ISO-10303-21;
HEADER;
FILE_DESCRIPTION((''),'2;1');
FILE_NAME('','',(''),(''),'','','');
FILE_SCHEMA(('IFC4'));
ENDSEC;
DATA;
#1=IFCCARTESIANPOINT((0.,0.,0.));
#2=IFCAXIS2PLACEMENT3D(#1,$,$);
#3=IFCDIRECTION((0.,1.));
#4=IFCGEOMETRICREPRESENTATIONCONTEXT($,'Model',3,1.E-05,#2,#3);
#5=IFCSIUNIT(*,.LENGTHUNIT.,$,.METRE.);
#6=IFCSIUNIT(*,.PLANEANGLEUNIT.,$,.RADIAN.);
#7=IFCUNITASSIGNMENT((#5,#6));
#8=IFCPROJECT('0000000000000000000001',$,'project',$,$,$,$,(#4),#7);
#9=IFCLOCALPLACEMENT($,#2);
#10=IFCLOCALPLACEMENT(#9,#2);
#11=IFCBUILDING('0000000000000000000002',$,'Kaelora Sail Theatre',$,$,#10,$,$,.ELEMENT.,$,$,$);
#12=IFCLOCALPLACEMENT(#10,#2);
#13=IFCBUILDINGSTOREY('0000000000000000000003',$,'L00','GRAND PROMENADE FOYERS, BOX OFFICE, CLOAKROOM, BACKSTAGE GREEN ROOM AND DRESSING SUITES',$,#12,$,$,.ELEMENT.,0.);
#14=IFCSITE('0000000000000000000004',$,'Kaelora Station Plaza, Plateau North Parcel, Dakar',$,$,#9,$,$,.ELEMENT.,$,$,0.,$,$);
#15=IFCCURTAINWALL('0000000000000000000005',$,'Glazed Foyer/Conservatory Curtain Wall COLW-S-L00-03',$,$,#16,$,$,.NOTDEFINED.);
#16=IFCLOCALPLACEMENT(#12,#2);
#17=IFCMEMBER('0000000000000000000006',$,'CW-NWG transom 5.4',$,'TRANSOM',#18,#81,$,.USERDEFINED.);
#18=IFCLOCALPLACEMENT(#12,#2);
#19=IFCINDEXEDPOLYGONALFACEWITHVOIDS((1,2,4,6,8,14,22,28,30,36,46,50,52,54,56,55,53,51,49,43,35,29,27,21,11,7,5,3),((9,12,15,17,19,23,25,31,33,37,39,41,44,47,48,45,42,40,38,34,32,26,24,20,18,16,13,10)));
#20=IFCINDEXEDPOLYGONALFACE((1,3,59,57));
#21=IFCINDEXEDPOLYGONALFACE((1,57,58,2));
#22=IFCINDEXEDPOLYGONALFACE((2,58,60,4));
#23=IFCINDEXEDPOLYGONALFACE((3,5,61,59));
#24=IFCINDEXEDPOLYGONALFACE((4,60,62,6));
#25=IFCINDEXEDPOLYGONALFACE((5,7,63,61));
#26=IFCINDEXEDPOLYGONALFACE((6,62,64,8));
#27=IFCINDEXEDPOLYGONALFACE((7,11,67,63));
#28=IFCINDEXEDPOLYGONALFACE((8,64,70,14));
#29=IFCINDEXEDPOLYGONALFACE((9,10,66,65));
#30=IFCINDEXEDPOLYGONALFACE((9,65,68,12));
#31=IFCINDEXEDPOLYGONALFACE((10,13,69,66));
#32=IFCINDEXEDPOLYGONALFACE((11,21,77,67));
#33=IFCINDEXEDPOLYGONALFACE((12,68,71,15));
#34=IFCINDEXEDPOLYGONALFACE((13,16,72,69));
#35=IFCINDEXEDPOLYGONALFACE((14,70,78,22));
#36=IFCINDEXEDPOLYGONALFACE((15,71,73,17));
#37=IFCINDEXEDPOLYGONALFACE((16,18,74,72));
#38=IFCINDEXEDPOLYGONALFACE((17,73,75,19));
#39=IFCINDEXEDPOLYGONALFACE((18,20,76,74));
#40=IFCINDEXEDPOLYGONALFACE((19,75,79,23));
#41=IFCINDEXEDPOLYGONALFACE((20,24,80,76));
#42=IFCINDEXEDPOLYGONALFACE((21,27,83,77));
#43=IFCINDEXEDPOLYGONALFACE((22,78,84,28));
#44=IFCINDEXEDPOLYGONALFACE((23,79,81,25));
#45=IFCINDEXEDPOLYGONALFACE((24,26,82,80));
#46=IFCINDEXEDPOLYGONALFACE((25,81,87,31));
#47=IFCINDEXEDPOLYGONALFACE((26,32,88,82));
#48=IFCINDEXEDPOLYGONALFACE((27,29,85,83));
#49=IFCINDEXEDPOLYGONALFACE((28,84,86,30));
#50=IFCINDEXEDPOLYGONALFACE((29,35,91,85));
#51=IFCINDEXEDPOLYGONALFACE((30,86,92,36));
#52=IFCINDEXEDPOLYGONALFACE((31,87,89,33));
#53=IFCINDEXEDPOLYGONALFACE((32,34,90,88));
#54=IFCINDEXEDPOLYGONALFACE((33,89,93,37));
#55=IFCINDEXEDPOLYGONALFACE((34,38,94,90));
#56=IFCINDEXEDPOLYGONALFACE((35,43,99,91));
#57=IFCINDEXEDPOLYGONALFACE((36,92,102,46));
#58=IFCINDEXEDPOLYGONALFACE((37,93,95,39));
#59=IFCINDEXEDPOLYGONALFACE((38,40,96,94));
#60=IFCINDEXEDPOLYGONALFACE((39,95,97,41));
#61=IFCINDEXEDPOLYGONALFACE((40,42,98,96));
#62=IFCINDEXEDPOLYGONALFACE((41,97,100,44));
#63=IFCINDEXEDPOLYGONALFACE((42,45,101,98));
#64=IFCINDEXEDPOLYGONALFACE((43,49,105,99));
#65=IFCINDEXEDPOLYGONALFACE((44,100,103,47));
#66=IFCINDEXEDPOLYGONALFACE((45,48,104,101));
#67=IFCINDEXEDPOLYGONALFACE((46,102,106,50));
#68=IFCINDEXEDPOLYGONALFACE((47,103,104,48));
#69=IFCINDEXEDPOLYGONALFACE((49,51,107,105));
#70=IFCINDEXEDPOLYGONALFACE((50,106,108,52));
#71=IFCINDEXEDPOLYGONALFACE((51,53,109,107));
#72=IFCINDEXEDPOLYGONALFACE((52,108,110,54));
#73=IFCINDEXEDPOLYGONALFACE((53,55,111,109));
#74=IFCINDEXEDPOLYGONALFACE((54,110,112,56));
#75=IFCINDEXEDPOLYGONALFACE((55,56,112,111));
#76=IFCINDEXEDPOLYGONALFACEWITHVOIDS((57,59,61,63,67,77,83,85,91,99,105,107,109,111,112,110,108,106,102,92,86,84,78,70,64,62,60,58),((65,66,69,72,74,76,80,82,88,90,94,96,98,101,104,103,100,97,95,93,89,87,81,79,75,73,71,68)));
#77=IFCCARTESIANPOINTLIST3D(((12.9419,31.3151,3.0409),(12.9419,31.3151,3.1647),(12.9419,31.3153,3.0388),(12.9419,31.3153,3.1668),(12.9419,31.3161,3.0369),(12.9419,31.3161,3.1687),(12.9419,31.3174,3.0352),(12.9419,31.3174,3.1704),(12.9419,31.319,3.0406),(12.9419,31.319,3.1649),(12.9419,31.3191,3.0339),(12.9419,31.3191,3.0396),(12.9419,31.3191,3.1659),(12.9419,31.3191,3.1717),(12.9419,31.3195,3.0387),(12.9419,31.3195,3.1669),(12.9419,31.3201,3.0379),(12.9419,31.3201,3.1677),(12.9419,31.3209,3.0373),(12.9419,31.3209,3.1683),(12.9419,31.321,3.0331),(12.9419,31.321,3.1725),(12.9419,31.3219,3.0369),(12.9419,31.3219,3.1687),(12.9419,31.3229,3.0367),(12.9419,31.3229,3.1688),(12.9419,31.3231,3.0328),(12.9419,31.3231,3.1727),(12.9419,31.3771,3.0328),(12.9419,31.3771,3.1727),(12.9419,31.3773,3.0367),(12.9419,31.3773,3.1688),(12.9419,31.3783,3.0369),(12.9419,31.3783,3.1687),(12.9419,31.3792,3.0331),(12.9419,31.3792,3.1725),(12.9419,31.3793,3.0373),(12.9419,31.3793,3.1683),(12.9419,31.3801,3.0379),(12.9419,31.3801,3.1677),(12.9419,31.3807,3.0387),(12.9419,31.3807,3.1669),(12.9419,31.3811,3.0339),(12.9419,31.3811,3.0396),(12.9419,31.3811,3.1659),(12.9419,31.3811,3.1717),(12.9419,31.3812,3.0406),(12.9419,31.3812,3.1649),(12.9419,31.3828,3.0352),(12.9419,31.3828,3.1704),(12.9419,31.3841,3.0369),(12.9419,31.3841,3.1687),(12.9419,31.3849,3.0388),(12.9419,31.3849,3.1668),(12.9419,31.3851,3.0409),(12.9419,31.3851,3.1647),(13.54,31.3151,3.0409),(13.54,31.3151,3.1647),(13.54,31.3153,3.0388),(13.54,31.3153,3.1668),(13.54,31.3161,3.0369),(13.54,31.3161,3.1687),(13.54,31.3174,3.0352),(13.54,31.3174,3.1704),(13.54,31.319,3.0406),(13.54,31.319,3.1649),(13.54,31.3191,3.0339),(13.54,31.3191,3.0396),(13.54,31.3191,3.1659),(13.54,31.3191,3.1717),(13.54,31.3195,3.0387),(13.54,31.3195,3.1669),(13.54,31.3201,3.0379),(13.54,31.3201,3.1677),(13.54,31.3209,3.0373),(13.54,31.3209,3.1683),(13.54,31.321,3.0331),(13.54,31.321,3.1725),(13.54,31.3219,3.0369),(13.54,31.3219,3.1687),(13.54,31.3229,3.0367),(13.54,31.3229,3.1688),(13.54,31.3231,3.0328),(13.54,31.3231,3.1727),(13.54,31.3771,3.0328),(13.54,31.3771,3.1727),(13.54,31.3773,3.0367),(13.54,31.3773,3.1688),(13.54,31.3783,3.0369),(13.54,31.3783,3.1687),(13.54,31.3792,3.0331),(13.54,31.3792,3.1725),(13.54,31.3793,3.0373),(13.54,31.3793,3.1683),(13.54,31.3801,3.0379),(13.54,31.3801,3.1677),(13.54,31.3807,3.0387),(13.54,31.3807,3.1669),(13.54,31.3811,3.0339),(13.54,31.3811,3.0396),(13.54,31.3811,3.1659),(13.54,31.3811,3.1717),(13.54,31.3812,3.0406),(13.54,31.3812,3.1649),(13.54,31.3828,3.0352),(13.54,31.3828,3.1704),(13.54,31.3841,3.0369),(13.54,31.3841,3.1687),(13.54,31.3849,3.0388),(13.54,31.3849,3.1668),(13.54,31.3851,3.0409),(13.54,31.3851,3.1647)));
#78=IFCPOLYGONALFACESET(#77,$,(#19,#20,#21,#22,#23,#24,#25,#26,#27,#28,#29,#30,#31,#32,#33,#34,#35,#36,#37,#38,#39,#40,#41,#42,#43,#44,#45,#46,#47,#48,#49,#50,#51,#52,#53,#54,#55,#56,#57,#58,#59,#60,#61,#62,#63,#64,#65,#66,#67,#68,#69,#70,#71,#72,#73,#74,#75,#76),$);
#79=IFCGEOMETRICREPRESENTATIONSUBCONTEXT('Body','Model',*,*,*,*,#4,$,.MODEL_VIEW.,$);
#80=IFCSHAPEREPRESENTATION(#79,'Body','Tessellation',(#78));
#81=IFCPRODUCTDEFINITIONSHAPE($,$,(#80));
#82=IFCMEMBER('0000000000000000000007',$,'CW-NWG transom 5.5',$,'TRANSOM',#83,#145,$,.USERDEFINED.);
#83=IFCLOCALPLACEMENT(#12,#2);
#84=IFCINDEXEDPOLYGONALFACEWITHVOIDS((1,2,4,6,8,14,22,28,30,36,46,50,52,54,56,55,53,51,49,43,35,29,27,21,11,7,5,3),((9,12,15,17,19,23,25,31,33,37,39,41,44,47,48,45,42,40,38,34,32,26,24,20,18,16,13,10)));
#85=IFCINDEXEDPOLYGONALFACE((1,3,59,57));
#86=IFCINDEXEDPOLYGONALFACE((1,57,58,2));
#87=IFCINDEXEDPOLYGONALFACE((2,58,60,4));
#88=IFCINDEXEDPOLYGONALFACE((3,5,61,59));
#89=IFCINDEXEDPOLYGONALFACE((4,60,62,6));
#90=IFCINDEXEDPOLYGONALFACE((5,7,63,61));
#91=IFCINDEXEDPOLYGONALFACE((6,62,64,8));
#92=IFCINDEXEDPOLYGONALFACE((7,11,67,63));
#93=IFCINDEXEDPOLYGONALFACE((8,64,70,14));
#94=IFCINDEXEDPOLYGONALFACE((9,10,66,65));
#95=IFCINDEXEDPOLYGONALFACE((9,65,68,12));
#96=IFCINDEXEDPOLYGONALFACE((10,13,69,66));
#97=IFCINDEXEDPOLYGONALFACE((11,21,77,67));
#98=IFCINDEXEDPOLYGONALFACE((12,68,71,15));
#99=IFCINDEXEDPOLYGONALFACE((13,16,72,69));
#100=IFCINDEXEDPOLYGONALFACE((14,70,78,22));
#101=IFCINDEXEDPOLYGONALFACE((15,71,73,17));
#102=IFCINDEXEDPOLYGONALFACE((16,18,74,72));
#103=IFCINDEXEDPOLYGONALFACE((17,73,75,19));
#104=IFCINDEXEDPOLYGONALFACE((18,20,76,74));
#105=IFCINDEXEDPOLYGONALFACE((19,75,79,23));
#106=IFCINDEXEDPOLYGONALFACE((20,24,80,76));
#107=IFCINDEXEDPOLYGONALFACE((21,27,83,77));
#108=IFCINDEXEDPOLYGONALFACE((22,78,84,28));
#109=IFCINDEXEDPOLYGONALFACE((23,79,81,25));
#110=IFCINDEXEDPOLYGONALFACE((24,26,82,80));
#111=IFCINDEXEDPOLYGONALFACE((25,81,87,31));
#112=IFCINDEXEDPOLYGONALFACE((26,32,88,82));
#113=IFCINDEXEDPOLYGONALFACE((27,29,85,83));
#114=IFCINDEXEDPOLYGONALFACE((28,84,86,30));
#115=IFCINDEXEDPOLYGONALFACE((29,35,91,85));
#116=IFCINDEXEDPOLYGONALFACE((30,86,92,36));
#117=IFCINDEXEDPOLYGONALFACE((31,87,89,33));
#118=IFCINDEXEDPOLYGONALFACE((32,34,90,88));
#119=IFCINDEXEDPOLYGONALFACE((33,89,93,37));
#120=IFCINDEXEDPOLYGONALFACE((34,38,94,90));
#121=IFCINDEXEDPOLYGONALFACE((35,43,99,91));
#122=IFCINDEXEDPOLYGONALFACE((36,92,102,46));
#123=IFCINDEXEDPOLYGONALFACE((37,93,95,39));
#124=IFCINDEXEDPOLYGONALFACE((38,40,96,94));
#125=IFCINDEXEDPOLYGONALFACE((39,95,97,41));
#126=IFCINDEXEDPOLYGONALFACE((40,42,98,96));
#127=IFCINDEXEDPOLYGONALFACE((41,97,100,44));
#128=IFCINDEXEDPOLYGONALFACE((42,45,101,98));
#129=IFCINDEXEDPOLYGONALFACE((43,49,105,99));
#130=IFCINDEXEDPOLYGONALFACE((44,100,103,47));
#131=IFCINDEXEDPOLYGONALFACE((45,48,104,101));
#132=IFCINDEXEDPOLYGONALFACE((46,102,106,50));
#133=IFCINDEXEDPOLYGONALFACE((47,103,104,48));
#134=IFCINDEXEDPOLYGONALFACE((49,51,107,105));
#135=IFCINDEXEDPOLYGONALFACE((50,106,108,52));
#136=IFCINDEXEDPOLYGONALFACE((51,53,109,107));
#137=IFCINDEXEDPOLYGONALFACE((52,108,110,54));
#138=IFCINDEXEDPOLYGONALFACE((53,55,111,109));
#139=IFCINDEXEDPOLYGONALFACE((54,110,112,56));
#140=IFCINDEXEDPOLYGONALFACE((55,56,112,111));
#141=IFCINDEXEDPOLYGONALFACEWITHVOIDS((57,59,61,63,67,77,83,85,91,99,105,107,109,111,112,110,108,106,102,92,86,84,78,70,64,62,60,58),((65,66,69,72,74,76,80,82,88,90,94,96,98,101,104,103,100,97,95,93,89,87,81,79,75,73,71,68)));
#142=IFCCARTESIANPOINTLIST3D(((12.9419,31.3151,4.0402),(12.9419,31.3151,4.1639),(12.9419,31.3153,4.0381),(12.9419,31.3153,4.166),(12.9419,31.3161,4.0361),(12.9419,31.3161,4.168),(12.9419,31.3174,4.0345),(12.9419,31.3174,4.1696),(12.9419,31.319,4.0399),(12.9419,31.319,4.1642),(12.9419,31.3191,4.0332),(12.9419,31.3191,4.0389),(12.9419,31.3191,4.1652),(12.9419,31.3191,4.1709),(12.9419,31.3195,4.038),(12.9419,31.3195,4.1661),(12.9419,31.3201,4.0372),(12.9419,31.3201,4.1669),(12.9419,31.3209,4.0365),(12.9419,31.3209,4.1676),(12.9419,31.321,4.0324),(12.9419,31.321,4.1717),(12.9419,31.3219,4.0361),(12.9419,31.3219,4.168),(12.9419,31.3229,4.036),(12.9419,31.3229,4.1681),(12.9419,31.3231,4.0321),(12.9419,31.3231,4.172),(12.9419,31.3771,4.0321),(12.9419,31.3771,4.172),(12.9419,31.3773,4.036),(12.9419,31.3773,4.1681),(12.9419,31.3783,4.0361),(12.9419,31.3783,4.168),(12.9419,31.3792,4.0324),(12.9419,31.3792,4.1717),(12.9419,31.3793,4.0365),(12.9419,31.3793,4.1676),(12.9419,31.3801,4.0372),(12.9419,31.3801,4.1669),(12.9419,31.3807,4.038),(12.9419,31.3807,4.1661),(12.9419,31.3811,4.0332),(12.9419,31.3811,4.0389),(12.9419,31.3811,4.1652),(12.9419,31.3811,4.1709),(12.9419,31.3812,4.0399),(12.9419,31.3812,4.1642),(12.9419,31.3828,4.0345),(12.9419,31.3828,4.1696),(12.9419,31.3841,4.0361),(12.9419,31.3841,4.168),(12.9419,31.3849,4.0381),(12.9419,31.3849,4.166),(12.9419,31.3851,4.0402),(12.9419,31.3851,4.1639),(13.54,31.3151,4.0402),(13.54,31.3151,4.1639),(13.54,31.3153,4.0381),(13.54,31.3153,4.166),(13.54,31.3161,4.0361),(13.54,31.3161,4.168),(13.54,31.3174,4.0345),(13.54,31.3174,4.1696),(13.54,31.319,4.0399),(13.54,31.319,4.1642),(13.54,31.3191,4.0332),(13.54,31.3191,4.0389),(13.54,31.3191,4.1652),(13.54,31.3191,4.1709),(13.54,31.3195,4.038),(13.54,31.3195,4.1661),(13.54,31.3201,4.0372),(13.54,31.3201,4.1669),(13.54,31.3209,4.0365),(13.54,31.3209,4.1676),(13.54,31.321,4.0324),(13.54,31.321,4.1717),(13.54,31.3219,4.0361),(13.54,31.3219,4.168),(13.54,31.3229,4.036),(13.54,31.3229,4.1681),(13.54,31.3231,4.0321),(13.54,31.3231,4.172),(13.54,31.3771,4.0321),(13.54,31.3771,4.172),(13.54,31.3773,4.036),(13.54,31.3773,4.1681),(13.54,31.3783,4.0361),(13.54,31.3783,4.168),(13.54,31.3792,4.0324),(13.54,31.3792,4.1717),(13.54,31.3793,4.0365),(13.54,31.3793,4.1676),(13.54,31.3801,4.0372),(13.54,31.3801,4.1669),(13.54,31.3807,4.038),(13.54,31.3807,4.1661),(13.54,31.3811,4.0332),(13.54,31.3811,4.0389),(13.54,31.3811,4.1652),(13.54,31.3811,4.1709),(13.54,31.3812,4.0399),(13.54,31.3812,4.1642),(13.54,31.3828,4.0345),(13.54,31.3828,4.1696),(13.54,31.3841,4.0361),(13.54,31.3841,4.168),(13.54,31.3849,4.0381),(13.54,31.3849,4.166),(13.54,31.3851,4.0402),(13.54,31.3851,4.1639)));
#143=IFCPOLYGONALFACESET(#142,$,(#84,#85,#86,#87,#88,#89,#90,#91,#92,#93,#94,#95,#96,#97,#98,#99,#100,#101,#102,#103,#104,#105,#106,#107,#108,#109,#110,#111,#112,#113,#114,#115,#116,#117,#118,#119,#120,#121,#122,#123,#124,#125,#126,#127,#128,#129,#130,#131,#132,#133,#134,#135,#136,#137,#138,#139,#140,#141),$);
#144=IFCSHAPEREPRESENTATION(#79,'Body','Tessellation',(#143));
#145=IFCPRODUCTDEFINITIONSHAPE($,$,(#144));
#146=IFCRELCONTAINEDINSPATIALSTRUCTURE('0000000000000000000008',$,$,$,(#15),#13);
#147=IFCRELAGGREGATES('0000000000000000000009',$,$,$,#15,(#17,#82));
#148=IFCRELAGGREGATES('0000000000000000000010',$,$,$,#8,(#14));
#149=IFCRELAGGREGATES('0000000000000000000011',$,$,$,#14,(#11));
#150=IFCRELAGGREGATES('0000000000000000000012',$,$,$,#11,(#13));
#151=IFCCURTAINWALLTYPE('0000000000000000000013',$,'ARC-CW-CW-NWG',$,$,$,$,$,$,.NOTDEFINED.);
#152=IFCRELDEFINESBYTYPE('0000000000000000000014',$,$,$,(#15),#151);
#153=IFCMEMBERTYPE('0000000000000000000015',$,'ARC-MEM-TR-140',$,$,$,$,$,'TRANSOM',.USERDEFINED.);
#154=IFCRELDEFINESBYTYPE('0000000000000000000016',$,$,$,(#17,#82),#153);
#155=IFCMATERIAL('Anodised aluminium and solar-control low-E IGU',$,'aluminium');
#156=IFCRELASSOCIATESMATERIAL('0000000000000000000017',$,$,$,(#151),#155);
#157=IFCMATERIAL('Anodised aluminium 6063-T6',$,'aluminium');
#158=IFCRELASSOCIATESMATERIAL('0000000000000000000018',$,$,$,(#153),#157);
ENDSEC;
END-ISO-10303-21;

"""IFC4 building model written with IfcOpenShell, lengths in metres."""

from ifc_helpers import new_model, si_unit, direction, frame, origin, origin_2d, place, context, subcontext, project, spatial, hollow_rectangle, extrude, material, material_profile, profile_set, type_object, element, aggregate, save


model = new_model("IFC4")

# Units and contexts
model_context = context("Model", 3, precision=1e-05, world=origin(), true_north=direction((0.0, 1.0)))
body_context = subcontext(model_context, "Body", "Model", "MODEL_VIEW")
ifc_project = project(units=[si_unit("LENGTHUNIT", "METRE"), si_unit("PLANEANGLEUNIT", "RADIAN")], contexts=[model_context])

# Site, building, storey
site_placement = place(None, origin())
site = spatial("IfcSite", under=ifc_project, at=site_placement, Name="Kaelora Station Plaza, Plateau North Parcel, Dakar", CompositionType="ELEMENT", RefElevation=0.0)
building_placement = place(site_placement, origin())
building = spatial("IfcBuilding", under=site, at=building_placement, Name="Kaelora Sail Theatre", CompositionType="ELEMENT")
storey_placement = place(building_placement, origin())
storey = spatial("IfcBuildingStorey", under=building, at=storey_placement, Name="L00", Description="GRAND PROMENADE FOYERS, BOX OFFICE, CLOAKROOM, BACKSTAGE GREEN ROOM AND DRESSING SUITES", CompositionType="ELEMENT", Elevation=0.0)

# Curtain wall, members
ifc_material_1 = material(Name="Anodised aluminium and solar-control low-E IGU", Category="aluminium")
curtain_wall_type = type_object("IfcCurtainWallType", Name="ARC-CW-CW-NWG", PredefinedType="NOTDEFINED", material=ifc_material_1)
curtain_wall_1_placement = place(storey_placement, origin())
curtain_wall_1 = element("IfcCurtainWall", 1, at=curtain_wall_1_placement, inside=storey, type_object=curtain_wall_type, Name="Glazed Foyer/Conservatory Curtain Wall COLW-S-L00-03", PredefinedType="NOTDEFINED")
ifc_material_2 = material(Name="Anodised aluminium 6063-T6", Category="aluminium")
ifc_material_profile = material_profile(ifc_material_2, hollow_rectangle(XDim=0.0701, YDim=0.1399, WallThickness=0.0039, InnerFilletRadius=0.0039, OuterFilletRadius=0.0081, at=origin_2d()), Name="ALU-TRAN 70x140x4")
ifc_profile_set = profile_set([ifc_material_profile], Name="Anodised aluminium 6063-T6")
member_type = type_object("IfcMemberType", Name="ARC-MEM-TR-140", ElementType="TRANSOM", PredefinedType="USERDEFINED", material=ifc_profile_set)
member_1_placement = place(storey_placement, frame((12.9419, 31.3501, 3.1028), z_axis=(1.0, 0.0, 0.0), x_axis=(0.0, 1.0, 0.0)))
member_1 = element("IfcMember", 2, at=member_1_placement, type_object=member_type, Name="CW-NWG transom 5.4", ObjectType="TRANSOM", PredefinedType="USERDEFINED", context=body_context, shape_type="SweptSolid", body=[
    extrude(hollow_rectangle(XDim=0.0701, YDim=0.1399, WallThickness=0.0039, InnerFilletRadius=0.0039, OuterFilletRadius=0.0081, at=origin_2d()), origin(), (0.0, 0.0, 1.0), 0.5981),
])
member_2_placement = place(storey_placement, frame((12.9419, 31.3501, 4.1021), z_axis=(1.0, 0.0, 0.0), x_axis=(0.0, 1.0, 0.0)))
member_2 = element("IfcMember", 3, at=member_2_placement, type_object=member_type, Name="CW-NWG transom 5.5", ObjectType="TRANSOM", PredefinedType="USERDEFINED", context=body_context, shape_type="SweptSolid", body=[
    extrude(hollow_rectangle(XDim=0.0701, YDim=0.1399, WallThickness=0.0039, InnerFilletRadius=0.0039, OuterFilletRadius=0.0081, at=origin_2d()), origin(), (0.0, 0.0, 1.0), 0.5981),
])

aggregate(curtain_wall_1, [member_1, member_2])

save(model, "model.ifc")
